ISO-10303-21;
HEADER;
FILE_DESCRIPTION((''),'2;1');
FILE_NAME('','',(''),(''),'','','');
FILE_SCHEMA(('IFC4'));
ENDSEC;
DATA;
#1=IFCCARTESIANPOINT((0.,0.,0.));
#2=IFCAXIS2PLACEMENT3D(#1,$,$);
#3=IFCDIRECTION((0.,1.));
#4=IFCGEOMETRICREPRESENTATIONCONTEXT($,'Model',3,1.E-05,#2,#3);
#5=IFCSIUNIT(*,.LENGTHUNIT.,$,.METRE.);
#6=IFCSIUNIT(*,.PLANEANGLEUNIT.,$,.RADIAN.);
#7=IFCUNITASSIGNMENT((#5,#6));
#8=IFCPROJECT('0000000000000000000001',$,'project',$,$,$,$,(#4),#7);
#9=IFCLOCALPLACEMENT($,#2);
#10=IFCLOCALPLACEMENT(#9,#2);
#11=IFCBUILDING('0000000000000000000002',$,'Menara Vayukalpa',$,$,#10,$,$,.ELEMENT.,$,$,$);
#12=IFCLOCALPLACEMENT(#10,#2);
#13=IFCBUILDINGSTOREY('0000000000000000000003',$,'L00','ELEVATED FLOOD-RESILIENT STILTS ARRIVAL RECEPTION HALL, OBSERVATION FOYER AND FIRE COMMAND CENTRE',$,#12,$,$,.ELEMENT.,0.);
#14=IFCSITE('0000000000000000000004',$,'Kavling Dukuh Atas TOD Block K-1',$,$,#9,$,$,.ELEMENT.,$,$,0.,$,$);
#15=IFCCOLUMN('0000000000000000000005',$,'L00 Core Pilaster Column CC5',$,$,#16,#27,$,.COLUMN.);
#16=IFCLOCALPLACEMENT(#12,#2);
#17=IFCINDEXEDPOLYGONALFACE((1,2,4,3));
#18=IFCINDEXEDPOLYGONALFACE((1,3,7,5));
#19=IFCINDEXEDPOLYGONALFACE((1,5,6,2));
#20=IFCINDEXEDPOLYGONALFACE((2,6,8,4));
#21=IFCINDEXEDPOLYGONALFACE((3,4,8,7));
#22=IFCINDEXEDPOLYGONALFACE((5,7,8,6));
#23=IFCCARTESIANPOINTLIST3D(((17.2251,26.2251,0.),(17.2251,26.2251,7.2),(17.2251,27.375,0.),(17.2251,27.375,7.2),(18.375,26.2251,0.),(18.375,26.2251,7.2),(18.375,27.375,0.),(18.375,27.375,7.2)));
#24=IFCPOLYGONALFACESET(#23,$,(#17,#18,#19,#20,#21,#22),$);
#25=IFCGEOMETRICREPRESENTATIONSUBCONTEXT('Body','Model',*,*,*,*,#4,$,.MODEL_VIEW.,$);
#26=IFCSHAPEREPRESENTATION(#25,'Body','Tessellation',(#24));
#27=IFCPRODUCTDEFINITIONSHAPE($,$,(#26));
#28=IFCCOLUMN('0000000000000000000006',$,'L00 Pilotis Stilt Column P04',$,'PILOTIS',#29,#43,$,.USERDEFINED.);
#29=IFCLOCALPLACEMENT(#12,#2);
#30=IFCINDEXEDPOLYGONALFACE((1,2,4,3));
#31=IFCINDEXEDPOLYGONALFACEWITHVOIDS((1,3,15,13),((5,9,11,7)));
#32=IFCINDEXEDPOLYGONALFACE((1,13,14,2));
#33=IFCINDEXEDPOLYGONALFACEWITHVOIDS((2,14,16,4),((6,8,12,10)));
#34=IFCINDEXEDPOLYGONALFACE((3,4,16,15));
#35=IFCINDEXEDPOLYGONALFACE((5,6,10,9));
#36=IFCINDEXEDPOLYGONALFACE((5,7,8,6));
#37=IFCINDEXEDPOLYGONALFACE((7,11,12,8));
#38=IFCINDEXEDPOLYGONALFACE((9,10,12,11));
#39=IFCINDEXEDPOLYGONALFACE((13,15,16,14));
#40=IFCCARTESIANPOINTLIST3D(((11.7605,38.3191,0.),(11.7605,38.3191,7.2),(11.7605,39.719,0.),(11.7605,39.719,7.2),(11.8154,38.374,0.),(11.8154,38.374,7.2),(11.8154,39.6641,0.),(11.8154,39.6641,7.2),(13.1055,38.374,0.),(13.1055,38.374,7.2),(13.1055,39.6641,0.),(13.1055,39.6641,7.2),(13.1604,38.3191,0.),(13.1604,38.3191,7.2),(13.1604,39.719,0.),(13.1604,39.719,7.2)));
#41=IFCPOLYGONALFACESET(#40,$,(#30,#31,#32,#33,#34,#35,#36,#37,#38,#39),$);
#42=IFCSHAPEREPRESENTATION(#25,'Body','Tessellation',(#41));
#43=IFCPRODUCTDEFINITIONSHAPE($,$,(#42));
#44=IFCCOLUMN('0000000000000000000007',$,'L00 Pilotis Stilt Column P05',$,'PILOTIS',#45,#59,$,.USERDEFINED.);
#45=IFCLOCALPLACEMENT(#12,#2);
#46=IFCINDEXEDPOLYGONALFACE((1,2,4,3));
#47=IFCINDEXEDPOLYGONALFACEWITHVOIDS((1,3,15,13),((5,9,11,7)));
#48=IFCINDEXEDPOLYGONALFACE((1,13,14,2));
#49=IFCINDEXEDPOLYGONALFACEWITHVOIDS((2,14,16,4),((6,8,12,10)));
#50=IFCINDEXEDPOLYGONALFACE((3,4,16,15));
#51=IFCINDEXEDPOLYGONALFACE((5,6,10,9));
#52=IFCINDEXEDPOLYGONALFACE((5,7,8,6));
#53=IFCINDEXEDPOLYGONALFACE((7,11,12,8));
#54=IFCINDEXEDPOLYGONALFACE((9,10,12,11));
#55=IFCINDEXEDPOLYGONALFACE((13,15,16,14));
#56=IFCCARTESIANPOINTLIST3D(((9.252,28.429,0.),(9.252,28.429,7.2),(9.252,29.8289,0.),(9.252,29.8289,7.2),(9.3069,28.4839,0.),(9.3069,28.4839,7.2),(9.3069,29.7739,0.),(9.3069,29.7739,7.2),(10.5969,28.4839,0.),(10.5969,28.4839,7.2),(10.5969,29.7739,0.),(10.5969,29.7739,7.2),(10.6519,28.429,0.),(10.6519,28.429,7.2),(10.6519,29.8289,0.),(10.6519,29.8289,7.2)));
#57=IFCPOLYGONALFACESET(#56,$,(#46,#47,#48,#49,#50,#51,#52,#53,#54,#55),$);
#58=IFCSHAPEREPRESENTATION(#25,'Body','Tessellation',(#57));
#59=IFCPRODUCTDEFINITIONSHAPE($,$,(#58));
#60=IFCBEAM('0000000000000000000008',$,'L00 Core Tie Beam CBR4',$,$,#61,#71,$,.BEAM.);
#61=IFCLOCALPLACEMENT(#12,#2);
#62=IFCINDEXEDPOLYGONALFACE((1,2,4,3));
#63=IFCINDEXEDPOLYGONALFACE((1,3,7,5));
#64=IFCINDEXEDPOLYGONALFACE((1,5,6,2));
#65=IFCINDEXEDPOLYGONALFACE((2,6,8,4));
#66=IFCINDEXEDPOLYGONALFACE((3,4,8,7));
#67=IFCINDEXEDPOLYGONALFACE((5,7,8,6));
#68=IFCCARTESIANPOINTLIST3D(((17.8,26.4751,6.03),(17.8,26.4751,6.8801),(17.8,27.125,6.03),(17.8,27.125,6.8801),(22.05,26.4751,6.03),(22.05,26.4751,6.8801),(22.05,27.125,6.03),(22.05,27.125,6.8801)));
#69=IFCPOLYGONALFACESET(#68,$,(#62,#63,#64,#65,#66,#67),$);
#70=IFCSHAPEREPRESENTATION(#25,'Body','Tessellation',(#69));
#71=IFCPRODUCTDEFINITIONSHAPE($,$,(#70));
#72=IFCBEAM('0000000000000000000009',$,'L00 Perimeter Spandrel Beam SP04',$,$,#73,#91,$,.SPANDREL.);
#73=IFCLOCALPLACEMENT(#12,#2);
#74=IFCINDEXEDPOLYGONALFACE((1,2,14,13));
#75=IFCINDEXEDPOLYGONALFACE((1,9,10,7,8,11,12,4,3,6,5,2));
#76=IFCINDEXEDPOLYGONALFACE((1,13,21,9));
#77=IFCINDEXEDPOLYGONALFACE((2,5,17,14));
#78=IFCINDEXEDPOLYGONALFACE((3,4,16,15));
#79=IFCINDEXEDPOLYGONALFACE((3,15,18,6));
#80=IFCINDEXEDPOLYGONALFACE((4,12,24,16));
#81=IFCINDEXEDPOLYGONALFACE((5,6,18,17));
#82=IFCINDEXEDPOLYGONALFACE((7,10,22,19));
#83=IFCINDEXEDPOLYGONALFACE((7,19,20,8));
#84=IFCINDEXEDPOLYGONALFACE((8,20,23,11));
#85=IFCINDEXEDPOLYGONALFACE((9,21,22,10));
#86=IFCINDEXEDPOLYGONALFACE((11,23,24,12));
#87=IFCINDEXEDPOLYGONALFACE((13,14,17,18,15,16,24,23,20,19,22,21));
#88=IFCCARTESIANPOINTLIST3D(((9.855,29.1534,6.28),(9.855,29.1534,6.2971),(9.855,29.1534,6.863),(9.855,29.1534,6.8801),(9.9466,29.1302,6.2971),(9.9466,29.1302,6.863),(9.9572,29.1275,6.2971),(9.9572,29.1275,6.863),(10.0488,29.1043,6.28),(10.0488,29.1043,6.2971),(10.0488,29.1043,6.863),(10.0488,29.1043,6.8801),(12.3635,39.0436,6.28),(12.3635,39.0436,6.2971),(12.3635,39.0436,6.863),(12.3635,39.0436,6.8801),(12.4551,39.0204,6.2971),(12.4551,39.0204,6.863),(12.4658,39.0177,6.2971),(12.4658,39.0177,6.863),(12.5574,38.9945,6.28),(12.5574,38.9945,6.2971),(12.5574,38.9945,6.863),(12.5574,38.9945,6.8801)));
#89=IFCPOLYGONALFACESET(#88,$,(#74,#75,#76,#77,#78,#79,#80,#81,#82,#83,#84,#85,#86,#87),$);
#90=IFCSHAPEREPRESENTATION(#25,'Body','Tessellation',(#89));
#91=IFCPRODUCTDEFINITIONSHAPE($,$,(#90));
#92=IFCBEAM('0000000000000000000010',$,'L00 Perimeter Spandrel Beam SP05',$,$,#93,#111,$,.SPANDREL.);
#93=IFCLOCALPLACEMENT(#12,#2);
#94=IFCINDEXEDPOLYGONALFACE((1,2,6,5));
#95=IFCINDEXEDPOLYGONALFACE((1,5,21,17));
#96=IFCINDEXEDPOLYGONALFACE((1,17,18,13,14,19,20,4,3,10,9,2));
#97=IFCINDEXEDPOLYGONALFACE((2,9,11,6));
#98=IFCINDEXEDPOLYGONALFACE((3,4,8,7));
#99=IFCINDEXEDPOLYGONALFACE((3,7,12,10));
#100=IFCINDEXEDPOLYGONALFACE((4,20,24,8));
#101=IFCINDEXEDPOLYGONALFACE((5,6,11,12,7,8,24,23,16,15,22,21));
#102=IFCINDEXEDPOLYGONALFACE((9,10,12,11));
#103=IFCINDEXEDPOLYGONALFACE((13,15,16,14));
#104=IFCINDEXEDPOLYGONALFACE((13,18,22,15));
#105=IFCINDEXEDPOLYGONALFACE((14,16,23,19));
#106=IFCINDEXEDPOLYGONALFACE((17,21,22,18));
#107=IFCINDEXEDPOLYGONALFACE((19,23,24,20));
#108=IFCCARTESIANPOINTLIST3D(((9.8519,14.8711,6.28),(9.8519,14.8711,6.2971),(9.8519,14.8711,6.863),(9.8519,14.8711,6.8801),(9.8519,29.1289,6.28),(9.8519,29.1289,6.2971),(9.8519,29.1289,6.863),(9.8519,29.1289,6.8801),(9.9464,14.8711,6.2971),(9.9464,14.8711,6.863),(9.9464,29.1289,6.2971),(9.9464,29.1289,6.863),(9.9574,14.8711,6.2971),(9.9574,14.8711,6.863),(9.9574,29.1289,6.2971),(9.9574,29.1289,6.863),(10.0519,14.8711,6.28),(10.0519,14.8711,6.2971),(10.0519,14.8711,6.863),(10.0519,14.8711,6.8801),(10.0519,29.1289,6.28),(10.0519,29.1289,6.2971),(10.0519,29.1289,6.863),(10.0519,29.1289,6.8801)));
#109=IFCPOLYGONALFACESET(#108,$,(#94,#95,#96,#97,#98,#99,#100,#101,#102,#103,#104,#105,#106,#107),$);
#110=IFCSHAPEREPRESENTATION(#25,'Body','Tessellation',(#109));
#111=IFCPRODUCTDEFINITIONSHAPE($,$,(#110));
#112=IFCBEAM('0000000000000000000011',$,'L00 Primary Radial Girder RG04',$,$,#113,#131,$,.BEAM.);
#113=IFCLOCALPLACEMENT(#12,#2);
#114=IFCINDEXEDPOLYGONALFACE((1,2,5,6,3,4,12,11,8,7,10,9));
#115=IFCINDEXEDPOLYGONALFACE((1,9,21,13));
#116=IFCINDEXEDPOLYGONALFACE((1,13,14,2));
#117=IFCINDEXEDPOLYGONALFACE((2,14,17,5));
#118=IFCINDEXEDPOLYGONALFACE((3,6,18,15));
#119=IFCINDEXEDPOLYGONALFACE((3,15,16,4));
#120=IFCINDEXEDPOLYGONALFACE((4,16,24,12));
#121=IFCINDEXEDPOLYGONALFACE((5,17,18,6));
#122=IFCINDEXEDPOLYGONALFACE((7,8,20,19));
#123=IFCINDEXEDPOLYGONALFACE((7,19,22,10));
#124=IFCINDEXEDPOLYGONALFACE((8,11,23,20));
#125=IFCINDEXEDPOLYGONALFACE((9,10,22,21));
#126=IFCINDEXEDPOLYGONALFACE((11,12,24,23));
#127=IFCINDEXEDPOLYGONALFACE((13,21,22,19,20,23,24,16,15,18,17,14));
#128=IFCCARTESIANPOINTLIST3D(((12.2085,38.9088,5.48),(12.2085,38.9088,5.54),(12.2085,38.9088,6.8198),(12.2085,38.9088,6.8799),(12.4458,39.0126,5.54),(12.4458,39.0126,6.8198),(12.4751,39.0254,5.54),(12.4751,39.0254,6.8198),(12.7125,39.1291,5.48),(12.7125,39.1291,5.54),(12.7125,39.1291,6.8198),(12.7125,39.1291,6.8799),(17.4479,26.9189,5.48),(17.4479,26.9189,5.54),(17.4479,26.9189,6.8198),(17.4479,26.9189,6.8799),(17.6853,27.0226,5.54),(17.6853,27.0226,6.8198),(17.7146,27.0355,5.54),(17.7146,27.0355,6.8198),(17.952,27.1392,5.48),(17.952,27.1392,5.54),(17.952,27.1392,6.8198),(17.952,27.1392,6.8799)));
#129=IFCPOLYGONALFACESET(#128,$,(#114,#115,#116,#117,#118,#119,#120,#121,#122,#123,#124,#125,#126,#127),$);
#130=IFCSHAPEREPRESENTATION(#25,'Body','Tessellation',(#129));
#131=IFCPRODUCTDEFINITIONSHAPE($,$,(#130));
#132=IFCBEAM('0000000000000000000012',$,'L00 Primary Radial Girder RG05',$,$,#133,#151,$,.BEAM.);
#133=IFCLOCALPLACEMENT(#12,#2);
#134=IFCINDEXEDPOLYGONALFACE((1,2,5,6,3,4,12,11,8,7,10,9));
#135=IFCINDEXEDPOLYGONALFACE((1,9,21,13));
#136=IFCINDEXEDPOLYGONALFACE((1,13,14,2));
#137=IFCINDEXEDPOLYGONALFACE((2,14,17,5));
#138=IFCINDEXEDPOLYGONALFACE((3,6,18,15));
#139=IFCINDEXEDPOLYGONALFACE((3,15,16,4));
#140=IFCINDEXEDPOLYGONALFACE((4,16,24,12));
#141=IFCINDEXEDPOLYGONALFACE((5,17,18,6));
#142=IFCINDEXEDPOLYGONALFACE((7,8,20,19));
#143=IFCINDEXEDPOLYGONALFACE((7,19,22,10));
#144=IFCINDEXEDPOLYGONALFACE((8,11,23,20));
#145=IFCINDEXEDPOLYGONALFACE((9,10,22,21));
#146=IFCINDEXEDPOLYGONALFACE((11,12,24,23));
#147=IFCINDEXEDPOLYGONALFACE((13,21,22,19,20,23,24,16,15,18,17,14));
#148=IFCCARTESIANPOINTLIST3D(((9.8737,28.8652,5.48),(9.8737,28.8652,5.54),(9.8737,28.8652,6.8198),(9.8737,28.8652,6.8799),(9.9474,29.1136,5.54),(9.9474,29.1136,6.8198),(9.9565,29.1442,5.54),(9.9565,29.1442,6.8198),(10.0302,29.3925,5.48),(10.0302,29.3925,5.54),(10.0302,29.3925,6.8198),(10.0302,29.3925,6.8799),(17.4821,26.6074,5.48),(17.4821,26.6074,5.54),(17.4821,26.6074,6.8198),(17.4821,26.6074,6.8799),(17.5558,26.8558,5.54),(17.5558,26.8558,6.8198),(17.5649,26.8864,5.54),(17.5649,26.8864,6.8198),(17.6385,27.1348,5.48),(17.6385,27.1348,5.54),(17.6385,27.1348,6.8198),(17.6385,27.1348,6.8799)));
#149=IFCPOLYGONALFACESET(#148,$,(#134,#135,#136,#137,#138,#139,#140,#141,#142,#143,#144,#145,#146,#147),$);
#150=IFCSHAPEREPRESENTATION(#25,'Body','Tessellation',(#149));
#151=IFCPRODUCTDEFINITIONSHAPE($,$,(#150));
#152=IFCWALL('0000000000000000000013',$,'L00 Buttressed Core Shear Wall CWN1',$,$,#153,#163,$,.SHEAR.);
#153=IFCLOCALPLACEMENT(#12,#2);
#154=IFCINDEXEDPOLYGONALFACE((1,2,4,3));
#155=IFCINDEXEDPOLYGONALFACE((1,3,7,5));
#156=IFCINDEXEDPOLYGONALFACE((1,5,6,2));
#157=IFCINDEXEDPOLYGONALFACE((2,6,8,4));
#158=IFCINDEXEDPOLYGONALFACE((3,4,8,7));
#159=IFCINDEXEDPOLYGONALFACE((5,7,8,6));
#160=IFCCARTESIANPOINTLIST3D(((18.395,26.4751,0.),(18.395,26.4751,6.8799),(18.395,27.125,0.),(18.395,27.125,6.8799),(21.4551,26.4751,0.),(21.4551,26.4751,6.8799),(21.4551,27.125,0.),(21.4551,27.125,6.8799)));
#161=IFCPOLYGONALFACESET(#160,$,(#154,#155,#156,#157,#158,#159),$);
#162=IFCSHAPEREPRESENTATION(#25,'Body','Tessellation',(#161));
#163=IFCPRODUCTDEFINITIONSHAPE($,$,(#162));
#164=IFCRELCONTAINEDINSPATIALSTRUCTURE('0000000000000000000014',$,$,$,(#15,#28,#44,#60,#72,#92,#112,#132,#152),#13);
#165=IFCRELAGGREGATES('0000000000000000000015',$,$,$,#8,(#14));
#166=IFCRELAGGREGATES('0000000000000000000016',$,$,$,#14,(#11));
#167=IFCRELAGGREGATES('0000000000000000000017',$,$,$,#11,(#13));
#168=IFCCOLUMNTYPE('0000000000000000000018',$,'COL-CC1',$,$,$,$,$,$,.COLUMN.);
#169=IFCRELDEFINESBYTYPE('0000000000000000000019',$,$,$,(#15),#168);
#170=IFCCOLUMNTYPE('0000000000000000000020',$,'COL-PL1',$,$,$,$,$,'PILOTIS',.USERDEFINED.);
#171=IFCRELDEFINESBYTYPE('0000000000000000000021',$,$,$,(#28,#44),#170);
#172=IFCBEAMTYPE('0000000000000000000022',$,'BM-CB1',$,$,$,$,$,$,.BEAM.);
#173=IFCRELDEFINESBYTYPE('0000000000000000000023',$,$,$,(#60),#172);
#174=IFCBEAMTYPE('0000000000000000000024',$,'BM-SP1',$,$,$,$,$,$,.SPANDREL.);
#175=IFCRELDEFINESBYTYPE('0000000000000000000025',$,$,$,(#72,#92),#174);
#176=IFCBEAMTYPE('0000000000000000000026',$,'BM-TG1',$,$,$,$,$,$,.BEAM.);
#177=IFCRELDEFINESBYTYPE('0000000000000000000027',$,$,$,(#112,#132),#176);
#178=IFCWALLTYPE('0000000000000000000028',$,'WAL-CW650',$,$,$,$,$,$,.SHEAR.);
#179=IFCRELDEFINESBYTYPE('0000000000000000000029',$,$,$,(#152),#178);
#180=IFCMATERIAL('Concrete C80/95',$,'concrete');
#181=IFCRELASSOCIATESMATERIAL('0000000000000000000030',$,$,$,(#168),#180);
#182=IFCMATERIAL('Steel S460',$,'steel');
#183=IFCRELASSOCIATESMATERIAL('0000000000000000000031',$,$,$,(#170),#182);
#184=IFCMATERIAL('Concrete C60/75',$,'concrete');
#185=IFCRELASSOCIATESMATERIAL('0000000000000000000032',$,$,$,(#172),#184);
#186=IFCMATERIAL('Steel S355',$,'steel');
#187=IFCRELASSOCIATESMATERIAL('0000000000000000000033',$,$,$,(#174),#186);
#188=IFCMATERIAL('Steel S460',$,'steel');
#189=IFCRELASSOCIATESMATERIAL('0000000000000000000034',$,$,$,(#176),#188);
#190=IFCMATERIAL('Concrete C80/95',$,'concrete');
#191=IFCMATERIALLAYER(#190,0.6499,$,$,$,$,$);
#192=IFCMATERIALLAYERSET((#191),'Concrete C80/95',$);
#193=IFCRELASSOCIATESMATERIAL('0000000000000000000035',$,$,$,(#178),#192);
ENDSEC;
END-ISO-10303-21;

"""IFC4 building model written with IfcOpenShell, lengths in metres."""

from ifc_helpers import new_model, si_unit, direction, frame, frame_2d, origin, origin_2d, place, context, subcontext, project, spatial, rectangle, hollow_rectangle, i_section, extrude, material, layer, layer_set, material_profile, profile_set, type_object, element, save


model = new_model("IFC4")

# Units and contexts
model_context = context("Model", 3, precision=1e-05, world=origin(), true_north=direction((0.0, 1.0)))
body_context = subcontext(model_context, "Body", "Model", "MODEL_VIEW")
ifc_project = project(units=[si_unit("LENGTHUNIT", "METRE"), si_unit("PLANEANGLEUNIT", "RADIAN")], contexts=[model_context])

# Site, building, storey
site_placement = place(None, origin())
site = spatial("IfcSite", under=ifc_project, at=site_placement, Name="Kavling Dukuh Atas TOD Block K-1", CompositionType="ELEMENT", RefElevation=0.0)
building_placement = place(site_placement, origin())
building = spatial("IfcBuilding", under=site, at=building_placement, Name="Menara Vayukalpa", CompositionType="ELEMENT")
storey_placement = place(building_placement, origin())
storey = spatial("IfcBuildingStorey", under=building, at=storey_placement, Name="L00", Description="ELEVATED FLOOD-RESILIENT STILTS ARRIVAL RECEPTION HALL, OBSERVATION FOYER AND FIRE COMMAND CENTRE", CompositionType="ELEMENT", Elevation=0.0)

# Columns
ifc_material_1 = material(Name="Concrete C80/95", Category="concrete")
ifc_material_profile_1 = material_profile(ifc_material_1, rectangle(XDim=1.1499, YDim=1.1499, at=origin_2d()), Name="RC 1150x1150")
ifc_profile_set_1 = profile_set([ifc_material_profile_1], Name="Concrete C80/95")
column_type_1 = type_object("IfcColumnType", Name="COL-CC1", PredefinedType="COLUMN", material=ifc_profile_set_1)
column_placement = place(storey_placement, frame((17.8, 26.8, 0.0), z_axis=(0.0, 0.0, 1.0), x_axis=(1.0, 0.0, 0.0)))
element("IfcColumn", 1, at=column_placement, inside=storey, type_object=column_type_1, Name="L00 Core Pilaster Column CC5", PredefinedType="COLUMN", context=body_context, shape_type="SweptSolid", body=[
    extrude(rectangle(XDim=1.1499, YDim=1.1499, at=origin_2d()), origin(), (0.0, 0.0, 1.0), 7.2),
])
ifc_material_2 = material(Name="Steel S460", Category="steel")
ifc_material_profile_2 = material_profile(ifc_material_2, hollow_rectangle(XDim=1.3999, YDim=1.3999, WallThickness=0.0549, at=origin_2d()), Name="BOX 1400x1400x55")
ifc_profile_set_2 = profile_set([ifc_material_profile_2], Name="Steel S460")
column_type_2 = type_object("IfcColumnType", Name="COL-PL1", ElementType="PILOTIS", PredefinedType="USERDEFINED", material=ifc_profile_set_2)
for number, where, z_axis, x_axis, name in (
    (2, (12.4604, 39.019, 0.0), (0.0, 0.0, 1.0), (1.0, 0.0, 0.0), "L00 Pilotis Stilt Column P04"),
    (3, (9.9519, 29.1289, 0.0), (0.0, 0.0, 1.0), (1.0, 0.0, 0.0), "L00 Pilotis Stilt Column P05"),
):
    element("IfcColumn", number, at=place(storey_placement, frame(where, z_axis=z_axis, x_axis=x_axis)), inside=storey, type_object=column_type_2, Name=name, ObjectType="PILOTIS", PredefinedType="USERDEFINED", context=body_context, shape_type="SweptSolid", body=[
        extrude(hollow_rectangle(XDim=1.3999, YDim=1.3999, WallThickness=0.0549, at=origin_2d()), origin(), (0.0, 0.0, 1.0), 7.2),
    ])

# Beams
ifc_material_3 = material(Name="Concrete C60/75", Category="concrete")
ifc_material_profile_3 = material_profile(ifc_material_3, rectangle(XDim=0.6499, YDim=0.8501, at=origin_2d()), Name="RC 650x850")
ifc_profile_set_3 = profile_set([ifc_material_profile_3], Name="Concrete C60/75")
beam_type_1 = type_object("IfcBeamType", Name="BM-CB1", PredefinedType="BEAM", material=ifc_profile_set_3)
beam_1_placement = place(storey_placement, frame((17.8, 26.8, 6.4551), z_axis=(1.0, 0.0, 0.0), x_axis=(0.0, 1.0, 0.0)))
element("IfcBeam", 4, at=beam_1_placement, inside=storey, type_object=beam_type_1, Name="L00 Core Tie Beam CBR4", PredefinedType="BEAM", context=body_context, shape_type="SweptSolid", body=[
    extrude(rectangle(XDim=0.6499, YDim=0.8501, at=origin_2d()), origin(), (0.0, 0.0, 1.0), 4.25),
])
ifc_material_4 = material(Name="Steel S355", Category="steel")
ifc_material_profile_4 = material_profile(ifc_material_4, i_section(OverallWidth=0.2, OverallDepth=0.6001, WebThickness=0.011, FlangeThickness=0.0171, at=origin_2d()), Name="WF 600x200x11x17")
ifc_profile_set_4 = profile_set([ifc_material_profile_4], Name="Steel S355")
beam_type_2 = type_object("IfcBeamType", Name="BM-SP1", PredefinedType="SPANDREL", material=ifc_profile_set_4)
beam_2_placement = place(storey_placement, frame((12.4604, 39.019, 6.5801), z_axis=(-0.245856, -0.969306, 0.0), x_axis=(0.969306, -0.245856, 0.0)))
element("IfcBeam", 5, at=beam_2_placement, inside=storey, type_object=beam_type_2, Name="L00 Perimeter Spandrel Beam SP04", PredefinedType="SPANDREL", context=body_context, shape_type="SweptSolid", body=[
    extrude(i_section(OverallWidth=0.2, OverallDepth=0.6001, WebThickness=0.011, FlangeThickness=0.0171, at=origin_2d()), origin(), (0.0, 0.0, 1.0), 10.2034),
])
beam_3_placement = place(storey_placement, frame((9.9519, 29.1289, 6.5801), z_axis=(0.0, -1.0, 0.0), x_axis=(1.0, 0.0, 0.0)))
element("IfcBeam", 6, at=beam_3_placement, inside=storey, type_object=beam_type_2, Name="L00 Perimeter Spandrel Beam SP05", PredefinedType="SPANDREL", context=body_context, shape_type="SweptSolid", body=[
    extrude(i_section(OverallWidth=0.2, OverallDepth=0.6001, WebThickness=0.011, FlangeThickness=0.0171, at=origin_2d()), origin(), (0.0, 0.0, 1.0), 14.2578),
])
ifc_material_5 = material(Name="Steel S460", Category="steel")
ifc_material_profile_5 = material_profile(ifc_material_5, i_section(OverallWidth=0.55, OverallDepth=1.3999, WebThickness=0.032, FlangeThickness=0.0601, at=origin_2d()), Name="WG 1400x550x32x60")
ifc_profile_set_5 = profile_set([ifc_material_profile_5], Name="Steel S460")
beam_type_3 = type_object("IfcBeamType", Name="BM-TG1", PredefinedType="BEAM", material=ifc_profile_set_5)
beam_4_placement = place(storey_placement, frame((17.7, 27.0291, 6.1799), z_axis=(-0.400426, 0.916329, 0.0), x_axis=(-0.916329, -0.400426, 0.0)))
element("IfcBeam", 7, at=beam_4_placement, inside=storey, type_object=beam_type_3, Name="L00 Primary Radial Girder RG04", PredefinedType="BEAM", context=body_context, shape_type="SweptSolid", body=[
    extrude(i_section(OverallWidth=0.55, OverallDepth=1.3999, WebThickness=0.032, FlangeThickness=0.0601, at=origin_2d()), origin(), (0.0, 0.0, 1.0), 13.0847),
])
beam_5_placement = place(storey_placement, frame((17.5603, 26.8711, 6.1799), z_axis=(-0.958679, 0.284491, 0.0), x_axis=(-0.284491, -0.958679, 0.0)))
element("IfcBeam", 8, at=beam_5_placement, inside=storey, type_object=beam_type_3, Name="L00 Primary Radial Girder RG05", PredefinedType="BEAM", context=body_context, shape_type="SweptSolid", body=[
    extrude(i_section(OverallWidth=0.55, OverallDepth=1.3999, WebThickness=0.032, FlangeThickness=0.0601, at=origin_2d()), origin(), (0.0, 0.0, 1.0), 7.9363),
])

# Wall
ifc_material_6 = material(Name="Concrete C80/95", Category="concrete")
ifc_layer_1 = layer(ifc_material_6, 0.6499)
ifc_layer_set_1 = layer_set([ifc_layer_1], Name="Concrete C80/95")
wall_type_1 = type_object("IfcWallType", Name="WAL-CW650", PredefinedType="SHEAR", material=ifc_layer_set_1)
wall_1_placement = place(storey_placement, frame((18.395, 26.8, 0.0), z_axis=(0.0, 0.0, 1.0), x_axis=(1.0, 0.0, 0.0)))
element("IfcWall", 9, at=wall_1_placement, inside=storey, type_object=wall_type_1, Name="L00 Buttressed Core Shear Wall CWN1", PredefinedType="SHEAR", context=body_context, shape_type="SweptSolid", body=[
    extrude(rectangle(XDim=3.0601, YDim=0.6499, at=frame_2d((1.53, 0.0))), origin(), (0.0, 0.0, 1.0), 6.8799),
])

save(model, "model.ifc")
